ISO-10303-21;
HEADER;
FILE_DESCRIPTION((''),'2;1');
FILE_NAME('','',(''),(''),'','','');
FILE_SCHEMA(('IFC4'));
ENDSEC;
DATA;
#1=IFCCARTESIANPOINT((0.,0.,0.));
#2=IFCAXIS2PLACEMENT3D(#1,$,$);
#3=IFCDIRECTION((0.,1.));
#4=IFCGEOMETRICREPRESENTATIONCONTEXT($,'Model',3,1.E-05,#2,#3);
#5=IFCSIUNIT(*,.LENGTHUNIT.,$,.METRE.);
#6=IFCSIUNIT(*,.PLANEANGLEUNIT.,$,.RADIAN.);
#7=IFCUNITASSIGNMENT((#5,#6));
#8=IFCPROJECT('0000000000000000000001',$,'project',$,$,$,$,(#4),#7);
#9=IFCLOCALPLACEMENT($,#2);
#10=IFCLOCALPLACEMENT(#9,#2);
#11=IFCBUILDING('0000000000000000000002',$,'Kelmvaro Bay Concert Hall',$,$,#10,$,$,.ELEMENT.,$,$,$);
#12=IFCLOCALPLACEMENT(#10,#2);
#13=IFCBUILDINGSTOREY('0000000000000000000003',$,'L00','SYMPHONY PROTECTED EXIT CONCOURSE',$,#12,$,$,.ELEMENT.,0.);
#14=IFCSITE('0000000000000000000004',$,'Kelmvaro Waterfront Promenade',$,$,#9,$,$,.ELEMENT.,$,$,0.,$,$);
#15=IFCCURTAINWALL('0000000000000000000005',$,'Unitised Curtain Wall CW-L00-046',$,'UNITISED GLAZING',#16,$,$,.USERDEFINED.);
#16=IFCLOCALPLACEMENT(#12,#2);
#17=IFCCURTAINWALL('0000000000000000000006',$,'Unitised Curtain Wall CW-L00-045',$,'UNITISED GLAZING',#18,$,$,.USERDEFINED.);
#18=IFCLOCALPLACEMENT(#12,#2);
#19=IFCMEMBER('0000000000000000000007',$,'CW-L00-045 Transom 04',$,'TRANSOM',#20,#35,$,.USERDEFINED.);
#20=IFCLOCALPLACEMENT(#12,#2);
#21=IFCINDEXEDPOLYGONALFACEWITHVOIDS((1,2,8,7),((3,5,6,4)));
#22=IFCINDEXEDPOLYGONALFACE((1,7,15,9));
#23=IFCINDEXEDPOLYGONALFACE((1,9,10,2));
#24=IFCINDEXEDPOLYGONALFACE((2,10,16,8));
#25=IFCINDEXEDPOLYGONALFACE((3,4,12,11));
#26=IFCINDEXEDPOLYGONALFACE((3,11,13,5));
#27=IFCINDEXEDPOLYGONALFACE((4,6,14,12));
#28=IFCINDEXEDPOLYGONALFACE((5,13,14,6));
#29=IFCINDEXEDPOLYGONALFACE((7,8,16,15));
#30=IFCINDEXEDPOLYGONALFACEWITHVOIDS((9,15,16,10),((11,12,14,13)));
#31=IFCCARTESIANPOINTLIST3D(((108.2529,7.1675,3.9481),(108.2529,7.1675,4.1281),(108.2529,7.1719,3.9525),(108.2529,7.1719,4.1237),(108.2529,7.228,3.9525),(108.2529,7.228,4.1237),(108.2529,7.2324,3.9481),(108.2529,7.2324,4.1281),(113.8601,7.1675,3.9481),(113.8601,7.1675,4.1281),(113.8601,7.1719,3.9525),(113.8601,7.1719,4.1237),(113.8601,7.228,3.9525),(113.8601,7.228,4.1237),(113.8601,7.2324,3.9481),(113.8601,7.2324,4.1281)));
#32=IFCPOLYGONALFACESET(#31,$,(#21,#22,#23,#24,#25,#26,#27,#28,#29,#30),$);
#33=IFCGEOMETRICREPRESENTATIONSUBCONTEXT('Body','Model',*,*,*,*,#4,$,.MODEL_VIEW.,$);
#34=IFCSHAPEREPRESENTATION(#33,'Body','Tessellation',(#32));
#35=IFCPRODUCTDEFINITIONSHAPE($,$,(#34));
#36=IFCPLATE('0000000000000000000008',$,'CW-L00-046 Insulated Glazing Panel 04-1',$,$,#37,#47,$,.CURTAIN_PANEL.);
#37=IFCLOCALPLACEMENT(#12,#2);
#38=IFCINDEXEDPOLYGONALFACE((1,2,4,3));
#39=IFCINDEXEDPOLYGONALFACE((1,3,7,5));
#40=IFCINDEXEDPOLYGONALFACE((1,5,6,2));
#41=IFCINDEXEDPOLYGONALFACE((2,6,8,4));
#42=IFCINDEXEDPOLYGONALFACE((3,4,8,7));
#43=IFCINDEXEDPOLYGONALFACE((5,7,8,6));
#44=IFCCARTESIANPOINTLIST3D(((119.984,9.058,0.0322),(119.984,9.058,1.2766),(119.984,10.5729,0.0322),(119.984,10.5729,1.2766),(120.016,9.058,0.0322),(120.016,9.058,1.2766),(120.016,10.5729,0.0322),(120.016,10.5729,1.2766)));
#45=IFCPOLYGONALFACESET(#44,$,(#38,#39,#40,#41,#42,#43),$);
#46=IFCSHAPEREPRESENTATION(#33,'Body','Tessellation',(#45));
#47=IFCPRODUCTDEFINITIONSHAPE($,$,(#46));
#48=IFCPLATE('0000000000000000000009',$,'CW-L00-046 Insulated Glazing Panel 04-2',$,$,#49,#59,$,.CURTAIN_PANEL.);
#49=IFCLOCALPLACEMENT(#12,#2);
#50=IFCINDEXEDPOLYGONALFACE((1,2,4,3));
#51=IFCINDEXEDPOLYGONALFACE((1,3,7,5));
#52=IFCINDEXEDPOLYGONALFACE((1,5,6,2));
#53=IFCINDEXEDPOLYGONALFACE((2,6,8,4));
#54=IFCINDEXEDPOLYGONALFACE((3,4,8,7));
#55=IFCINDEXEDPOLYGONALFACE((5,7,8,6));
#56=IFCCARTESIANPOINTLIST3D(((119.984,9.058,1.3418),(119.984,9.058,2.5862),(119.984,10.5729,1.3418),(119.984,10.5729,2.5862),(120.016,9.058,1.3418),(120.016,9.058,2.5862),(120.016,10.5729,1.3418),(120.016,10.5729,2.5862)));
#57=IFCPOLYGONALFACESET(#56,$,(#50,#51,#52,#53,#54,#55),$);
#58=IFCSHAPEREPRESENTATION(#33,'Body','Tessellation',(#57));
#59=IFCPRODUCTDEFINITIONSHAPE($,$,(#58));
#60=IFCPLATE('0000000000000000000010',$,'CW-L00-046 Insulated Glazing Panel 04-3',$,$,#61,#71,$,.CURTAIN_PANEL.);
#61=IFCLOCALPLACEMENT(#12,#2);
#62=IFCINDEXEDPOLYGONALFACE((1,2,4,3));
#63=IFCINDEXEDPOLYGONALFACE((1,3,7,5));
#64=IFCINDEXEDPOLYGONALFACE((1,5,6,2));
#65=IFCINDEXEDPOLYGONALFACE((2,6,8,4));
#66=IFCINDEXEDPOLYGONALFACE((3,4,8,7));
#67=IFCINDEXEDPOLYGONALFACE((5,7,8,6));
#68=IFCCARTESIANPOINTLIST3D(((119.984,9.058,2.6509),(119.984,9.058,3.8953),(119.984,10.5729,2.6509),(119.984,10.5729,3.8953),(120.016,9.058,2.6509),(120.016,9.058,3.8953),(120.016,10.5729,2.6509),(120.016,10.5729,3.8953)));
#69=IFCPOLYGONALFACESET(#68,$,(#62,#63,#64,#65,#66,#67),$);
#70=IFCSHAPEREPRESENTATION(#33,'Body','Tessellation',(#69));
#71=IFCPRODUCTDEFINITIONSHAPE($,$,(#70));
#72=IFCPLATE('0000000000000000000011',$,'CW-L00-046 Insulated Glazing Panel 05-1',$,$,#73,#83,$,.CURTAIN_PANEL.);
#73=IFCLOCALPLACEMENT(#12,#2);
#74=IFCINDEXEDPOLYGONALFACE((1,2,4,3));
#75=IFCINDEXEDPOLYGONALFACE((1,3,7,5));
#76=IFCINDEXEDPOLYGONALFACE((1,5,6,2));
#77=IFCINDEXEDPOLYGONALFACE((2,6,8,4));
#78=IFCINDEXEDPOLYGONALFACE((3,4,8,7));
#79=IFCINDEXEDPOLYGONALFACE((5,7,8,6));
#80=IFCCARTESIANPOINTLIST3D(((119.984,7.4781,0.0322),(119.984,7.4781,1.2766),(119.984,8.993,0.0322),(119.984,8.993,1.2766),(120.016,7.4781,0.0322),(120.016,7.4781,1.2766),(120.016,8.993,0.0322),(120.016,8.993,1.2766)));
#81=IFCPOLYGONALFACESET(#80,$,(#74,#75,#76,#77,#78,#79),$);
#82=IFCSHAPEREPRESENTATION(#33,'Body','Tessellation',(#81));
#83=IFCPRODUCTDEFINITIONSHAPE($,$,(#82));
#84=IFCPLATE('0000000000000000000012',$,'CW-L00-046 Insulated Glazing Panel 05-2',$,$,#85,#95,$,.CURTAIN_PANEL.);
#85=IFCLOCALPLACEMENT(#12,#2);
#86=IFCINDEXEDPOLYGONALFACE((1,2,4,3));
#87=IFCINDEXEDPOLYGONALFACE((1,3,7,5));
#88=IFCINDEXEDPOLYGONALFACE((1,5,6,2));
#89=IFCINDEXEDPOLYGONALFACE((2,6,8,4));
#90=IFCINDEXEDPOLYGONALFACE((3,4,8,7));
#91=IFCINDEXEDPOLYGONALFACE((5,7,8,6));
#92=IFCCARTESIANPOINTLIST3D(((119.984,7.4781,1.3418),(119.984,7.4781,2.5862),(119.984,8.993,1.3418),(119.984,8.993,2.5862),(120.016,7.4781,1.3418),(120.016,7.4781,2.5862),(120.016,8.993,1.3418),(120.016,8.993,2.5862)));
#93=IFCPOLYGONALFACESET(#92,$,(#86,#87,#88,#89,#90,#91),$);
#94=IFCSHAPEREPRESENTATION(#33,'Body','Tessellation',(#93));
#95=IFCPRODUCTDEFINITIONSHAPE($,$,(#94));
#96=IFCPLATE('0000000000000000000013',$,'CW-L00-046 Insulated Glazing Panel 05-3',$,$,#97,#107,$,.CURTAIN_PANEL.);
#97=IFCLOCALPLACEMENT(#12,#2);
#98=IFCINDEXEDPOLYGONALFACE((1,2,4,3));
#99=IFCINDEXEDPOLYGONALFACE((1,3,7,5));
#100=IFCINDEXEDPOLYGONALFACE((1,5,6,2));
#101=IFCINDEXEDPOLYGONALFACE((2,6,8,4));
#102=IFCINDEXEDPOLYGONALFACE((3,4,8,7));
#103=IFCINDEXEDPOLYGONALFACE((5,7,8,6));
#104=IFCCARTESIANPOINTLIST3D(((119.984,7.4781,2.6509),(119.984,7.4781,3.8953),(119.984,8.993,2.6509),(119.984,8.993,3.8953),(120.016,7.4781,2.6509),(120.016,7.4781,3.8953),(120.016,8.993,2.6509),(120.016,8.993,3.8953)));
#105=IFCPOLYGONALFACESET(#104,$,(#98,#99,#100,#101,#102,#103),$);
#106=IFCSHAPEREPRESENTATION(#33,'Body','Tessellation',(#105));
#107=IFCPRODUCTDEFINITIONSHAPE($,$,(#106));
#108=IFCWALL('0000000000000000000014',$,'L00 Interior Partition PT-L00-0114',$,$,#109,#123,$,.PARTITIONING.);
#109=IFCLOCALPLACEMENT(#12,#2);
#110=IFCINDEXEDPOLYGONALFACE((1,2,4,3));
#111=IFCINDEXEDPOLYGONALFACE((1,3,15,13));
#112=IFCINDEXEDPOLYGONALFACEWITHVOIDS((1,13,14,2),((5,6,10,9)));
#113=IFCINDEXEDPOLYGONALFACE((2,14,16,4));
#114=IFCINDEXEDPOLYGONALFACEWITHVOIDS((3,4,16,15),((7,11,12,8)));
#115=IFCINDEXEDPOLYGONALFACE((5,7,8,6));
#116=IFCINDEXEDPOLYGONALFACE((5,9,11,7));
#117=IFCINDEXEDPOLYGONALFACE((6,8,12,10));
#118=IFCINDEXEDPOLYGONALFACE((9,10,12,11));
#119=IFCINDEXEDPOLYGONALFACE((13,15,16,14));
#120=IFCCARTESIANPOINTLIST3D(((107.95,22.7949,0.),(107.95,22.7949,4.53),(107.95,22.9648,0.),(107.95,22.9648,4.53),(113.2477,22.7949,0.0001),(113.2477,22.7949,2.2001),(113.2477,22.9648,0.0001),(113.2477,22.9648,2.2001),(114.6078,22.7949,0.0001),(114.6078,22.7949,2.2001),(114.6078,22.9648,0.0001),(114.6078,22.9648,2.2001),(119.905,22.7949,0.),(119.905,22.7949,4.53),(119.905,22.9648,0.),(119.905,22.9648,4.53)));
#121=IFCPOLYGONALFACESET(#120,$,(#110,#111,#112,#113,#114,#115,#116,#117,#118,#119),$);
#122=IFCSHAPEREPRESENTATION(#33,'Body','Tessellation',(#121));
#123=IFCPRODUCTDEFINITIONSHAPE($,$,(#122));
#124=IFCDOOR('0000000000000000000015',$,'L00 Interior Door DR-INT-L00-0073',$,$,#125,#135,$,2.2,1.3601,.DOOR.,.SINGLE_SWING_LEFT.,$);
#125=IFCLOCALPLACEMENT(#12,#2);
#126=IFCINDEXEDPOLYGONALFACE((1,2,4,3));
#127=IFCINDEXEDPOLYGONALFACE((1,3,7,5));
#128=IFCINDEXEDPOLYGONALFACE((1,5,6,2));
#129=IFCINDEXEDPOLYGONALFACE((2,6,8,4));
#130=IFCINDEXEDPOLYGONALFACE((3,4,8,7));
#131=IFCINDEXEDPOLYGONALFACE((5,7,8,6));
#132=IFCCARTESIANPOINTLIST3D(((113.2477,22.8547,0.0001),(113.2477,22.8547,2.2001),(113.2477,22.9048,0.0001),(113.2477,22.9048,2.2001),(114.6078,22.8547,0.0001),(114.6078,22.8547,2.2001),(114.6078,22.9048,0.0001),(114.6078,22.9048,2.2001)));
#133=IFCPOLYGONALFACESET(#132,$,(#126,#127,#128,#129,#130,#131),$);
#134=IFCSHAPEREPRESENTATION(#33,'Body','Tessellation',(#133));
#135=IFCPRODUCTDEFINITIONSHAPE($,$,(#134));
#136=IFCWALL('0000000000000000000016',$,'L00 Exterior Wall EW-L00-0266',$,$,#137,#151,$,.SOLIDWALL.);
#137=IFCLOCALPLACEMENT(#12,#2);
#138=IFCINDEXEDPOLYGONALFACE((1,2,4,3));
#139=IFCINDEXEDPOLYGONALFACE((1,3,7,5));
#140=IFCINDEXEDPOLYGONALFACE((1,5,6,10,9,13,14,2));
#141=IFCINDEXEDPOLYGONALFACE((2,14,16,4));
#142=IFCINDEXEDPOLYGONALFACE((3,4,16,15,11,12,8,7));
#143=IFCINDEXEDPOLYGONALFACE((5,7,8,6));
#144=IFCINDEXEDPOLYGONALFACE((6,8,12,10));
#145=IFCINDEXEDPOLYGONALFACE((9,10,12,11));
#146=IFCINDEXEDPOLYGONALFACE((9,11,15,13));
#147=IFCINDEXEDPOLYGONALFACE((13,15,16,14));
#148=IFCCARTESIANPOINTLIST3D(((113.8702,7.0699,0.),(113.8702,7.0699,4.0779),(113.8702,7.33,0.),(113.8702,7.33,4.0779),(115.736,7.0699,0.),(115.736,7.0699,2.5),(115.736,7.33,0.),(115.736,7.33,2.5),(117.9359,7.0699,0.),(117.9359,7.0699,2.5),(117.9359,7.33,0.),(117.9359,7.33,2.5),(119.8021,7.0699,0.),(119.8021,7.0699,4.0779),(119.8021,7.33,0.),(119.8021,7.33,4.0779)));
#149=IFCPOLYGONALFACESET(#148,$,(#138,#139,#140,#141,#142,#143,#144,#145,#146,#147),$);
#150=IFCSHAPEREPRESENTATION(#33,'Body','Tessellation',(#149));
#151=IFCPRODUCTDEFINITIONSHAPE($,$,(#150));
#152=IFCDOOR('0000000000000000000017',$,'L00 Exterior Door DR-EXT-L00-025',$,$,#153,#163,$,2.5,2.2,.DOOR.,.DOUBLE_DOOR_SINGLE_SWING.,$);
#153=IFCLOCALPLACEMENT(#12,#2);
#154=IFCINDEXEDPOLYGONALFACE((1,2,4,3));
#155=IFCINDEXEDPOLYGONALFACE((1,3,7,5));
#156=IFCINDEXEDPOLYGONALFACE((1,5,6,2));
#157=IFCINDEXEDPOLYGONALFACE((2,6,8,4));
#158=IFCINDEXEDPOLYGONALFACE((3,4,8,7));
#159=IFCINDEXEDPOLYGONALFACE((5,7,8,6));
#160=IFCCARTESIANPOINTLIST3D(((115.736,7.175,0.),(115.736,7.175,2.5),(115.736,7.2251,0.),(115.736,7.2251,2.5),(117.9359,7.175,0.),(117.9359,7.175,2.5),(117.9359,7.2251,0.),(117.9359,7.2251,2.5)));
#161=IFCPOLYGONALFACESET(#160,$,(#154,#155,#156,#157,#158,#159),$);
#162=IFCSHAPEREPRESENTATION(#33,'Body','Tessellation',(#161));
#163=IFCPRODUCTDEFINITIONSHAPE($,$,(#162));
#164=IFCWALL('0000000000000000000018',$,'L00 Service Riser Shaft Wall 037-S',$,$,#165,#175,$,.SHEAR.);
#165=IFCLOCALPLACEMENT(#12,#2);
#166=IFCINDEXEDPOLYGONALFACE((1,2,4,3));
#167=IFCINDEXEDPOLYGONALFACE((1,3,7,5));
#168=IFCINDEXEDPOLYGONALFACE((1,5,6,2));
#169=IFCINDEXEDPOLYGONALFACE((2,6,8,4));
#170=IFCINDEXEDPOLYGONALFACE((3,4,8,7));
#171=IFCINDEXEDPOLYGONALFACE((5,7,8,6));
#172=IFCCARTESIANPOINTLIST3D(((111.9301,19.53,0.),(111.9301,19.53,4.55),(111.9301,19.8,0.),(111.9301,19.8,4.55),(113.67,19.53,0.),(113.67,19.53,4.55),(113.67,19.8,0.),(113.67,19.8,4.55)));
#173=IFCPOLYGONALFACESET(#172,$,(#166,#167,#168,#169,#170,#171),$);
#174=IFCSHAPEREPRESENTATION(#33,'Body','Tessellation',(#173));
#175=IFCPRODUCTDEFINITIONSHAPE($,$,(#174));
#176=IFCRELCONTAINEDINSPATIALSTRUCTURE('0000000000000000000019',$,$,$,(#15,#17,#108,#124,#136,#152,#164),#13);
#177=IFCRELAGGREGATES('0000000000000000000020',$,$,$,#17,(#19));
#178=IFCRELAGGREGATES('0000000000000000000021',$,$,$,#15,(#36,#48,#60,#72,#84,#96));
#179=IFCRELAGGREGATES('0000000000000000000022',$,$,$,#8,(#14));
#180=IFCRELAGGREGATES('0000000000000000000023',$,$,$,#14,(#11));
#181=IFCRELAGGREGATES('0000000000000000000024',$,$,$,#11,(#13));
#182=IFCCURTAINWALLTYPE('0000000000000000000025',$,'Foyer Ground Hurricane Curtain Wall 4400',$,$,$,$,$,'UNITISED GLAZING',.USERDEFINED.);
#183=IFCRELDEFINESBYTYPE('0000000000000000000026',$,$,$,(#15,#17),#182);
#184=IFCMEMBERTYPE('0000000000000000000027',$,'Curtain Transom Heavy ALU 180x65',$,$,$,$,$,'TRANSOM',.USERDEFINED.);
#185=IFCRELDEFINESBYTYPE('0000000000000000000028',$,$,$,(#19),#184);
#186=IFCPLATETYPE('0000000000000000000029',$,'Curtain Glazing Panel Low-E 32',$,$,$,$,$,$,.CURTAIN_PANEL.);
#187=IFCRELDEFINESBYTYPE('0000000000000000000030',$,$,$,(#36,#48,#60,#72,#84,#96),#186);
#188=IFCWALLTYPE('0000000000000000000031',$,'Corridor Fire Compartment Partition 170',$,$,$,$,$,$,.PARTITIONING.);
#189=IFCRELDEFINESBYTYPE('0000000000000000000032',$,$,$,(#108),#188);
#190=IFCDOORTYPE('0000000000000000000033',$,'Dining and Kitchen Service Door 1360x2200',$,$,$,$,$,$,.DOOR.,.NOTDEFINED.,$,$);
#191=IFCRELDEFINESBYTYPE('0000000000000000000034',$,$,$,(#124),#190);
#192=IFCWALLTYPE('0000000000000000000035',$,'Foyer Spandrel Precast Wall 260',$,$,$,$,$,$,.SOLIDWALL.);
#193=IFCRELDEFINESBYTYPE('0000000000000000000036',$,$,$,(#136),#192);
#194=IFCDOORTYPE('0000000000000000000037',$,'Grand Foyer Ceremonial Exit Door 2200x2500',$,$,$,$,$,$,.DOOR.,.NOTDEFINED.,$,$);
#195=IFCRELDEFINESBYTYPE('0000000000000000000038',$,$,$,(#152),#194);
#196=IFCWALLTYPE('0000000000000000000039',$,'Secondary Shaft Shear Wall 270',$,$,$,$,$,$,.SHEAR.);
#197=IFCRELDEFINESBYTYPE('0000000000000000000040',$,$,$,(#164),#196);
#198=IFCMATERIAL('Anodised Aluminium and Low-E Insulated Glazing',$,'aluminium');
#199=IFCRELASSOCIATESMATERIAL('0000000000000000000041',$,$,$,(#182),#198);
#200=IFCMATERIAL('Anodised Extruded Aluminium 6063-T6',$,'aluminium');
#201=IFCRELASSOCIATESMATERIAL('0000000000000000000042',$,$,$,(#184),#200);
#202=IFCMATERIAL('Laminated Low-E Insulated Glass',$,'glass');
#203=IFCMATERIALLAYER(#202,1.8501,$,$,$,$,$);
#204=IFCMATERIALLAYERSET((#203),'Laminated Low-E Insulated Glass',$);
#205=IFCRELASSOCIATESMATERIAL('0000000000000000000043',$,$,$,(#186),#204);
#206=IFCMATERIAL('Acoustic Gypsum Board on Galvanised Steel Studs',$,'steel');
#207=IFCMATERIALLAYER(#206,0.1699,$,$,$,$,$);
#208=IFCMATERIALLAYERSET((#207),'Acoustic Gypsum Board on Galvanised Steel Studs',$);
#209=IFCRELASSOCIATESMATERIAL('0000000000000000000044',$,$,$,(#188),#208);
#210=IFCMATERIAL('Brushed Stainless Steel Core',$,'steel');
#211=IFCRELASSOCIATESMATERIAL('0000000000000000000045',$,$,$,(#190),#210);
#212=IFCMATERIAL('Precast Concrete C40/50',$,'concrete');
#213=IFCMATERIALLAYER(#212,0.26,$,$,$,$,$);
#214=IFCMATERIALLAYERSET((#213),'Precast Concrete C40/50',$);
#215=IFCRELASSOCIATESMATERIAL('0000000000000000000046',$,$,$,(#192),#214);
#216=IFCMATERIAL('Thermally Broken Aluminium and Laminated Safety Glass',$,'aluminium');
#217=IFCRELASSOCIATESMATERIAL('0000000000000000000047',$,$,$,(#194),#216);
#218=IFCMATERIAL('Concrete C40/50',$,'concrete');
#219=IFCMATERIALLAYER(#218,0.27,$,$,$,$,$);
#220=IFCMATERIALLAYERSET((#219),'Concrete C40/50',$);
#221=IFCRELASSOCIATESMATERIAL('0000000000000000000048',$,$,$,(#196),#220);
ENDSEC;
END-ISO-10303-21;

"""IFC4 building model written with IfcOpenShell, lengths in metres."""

from ifc_helpers import new_model, si_unit, direction, frame, frame_2d, origin, origin_2d, place, context, subcontext, project, spatial, rectangle, hollow_rectangle, extrude, material, layer, layer_set, material_profile, profile_set, type_object, element, fill, aggregate, save


model = new_model("IFC4")

# Units and contexts
model_context = context("Model", 3, precision=1e-05, world=origin(), true_north=direction((0.0, 1.0)))
body_context = subcontext(model_context, "Body", "Model", "MODEL_VIEW")
ifc_project = project(units=[si_unit("LENGTHUNIT", "METRE"), si_unit("PLANEANGLEUNIT", "RADIAN")], contexts=[model_context])

# Site, building, storey
site_placement = place(None, origin())
site = spatial("IfcSite", under=ifc_project, at=site_placement, Name="Kelmvaro Waterfront Promenade", CompositionType="ELEMENT", RefElevation=0.0)
building_placement = place(site_placement, origin())
building = spatial("IfcBuilding", under=site, at=building_placement, Name="Kelmvaro Bay Concert Hall", CompositionType="ELEMENT")
storey_placement = place(building_placement, origin())
storey = spatial("IfcBuildingStorey", under=building, at=storey_placement, Name="L00", Description="SYMPHONY PROTECTED EXIT CONCOURSE", CompositionType="ELEMENT", Elevation=0.0)

# Curtain wall
ifc_material_1 = material(Name="Anodised Aluminium and Low-E Insulated Glazing", Category="aluminium")
curtain_wall_type = type_object("IfcCurtainWallType", Name="Foyer Ground Hurricane Curtain Wall 4400", ElementType="UNITISED GLAZING", PredefinedType="USERDEFINED", material=ifc_material_1)
curtain_wall_1_placement = place(storey_placement, origin())
curtain_wall_1 = element("IfcCurtainWall", 1, at=curtain_wall_1_placement, inside=storey, type_object=curtain_wall_type, Name="Unitised Curtain Wall CW-L00-046", ObjectType="UNITISED GLAZING", PredefinedType="USERDEFINED")

# Curtain wall, member
curtain_wall_2_placement = place(storey_placement, origin())
curtain_wall_2 = element("IfcCurtainWall", 2, at=curtain_wall_2_placement, inside=storey, type_object=curtain_wall_type, Name="Unitised Curtain Wall CW-L00-045", ObjectType="UNITISED GLAZING", PredefinedType="USERDEFINED")
ifc_material_2 = material(Name="Anodised Extruded Aluminium 6063-T6", Category="aluminium")
ifc_material_profile_1 = material_profile(ifc_material_2, hollow_rectangle(XDim=0.0649, YDim=0.1799, WallThickness=0.0044, at=origin_2d()), Name="ALU-TRN-180X65")
ifc_profile_set_1 = profile_set([ifc_material_profile_1], Name="Anodised Extruded Aluminium 6063-T6")
member_type_1 = type_object("IfcMemberType", Name="Curtain Transom Heavy ALU 180x65", ElementType="TRANSOM", PredefinedType="USERDEFINED", material=ifc_profile_set_1)
member_1_placement = place(storey_placement, frame((113.8601, 7.2, 4.0381), z_axis=(-1.0, 0.0, 0.0), x_axis=(0.0, -1.0, 0.0)))
member_1 = element("IfcMember", 3, at=member_1_placement, type_object=member_type_1, Name="CW-L00-045 Transom 04", ObjectType="TRANSOM", PredefinedType="USERDEFINED", context=body_context, shape_type="SweptSolid", body=[
    extrude(hollow_rectangle(XDim=0.0649, YDim=0.1799, WallThickness=0.0044, at=origin_2d()), origin(), (0.0, 0.0, 1.0), 5.6072),
])
aggregate(curtain_wall_2, [member_1])

# Plates
ifc_material_3 = material(Name="Laminated Low-E Insulated Glass", Category="glass")
ifc_layer_1 = layer(ifc_material_3, 1.8501)
ifc_layer_set_1 = layer_set([ifc_layer_1], Name="Laminated Low-E Insulated Glass")
plate_type = type_object("IfcPlateType", Name="Curtain Glazing Panel Low-E 32", PredefinedType="CURTAIN_PANEL", material=ifc_layer_set_1)
plate_1_placement = place(storey_placement, frame((120.0, 9.8154, 0.0322), z_axis=(0.0, 0.0, 1.0), x_axis=(0.0, -1.0, 0.0)))
plate_1 = element("IfcPlate", 4, at=plate_1_placement, type_object=plate_type, Name="CW-L00-046 Insulated Glazing Panel 04-1", PredefinedType="CURTAIN_PANEL", context=body_context, shape_type="SweptSolid", body=[
    extrude(rectangle(XDim=1.5149, YDim=0.032, at=origin_2d()), origin(), (0.0, 0.0, 1.0), 1.2444),
])
plate_2_placement = place(storey_placement, frame((120.0, 9.8154, 1.3418), z_axis=(0.0, 0.0, 1.0), x_axis=(0.0, -1.0, 0.0)))
plate_2 = element("IfcPlate", 5, at=plate_2_placement, type_object=plate_type, Name="CW-L00-046 Insulated Glazing Panel 04-2", PredefinedType="CURTAIN_PANEL", context=body_context, shape_type="SweptSolid", body=[
    extrude(rectangle(XDim=1.5149, YDim=0.032, at=origin_2d()), origin(), (0.0, 0.0, 1.0), 1.2444),
])
plate_3_placement = place(storey_placement, frame((120.0, 9.8154, 2.6509), z_axis=(0.0, 0.0, 1.0), x_axis=(0.0, -1.0, 0.0)))
plate_3 = element("IfcPlate", 6, at=plate_3_placement, type_object=plate_type, Name="CW-L00-046 Insulated Glazing Panel 04-3", PredefinedType="CURTAIN_PANEL", context=body_context, shape_type="SweptSolid", body=[
    extrude(rectangle(XDim=1.5149, YDim=0.032, at=origin_2d()), origin(), (0.0, 0.0, 1.0), 1.2444),
])
plate_4_placement = place(storey_placement, frame((120.0, 8.2356, 0.0322), z_axis=(0.0, 0.0, 1.0), x_axis=(0.0, -1.0, 0.0)))
plate_4 = element("IfcPlate", 7, at=plate_4_placement, type_object=plate_type, Name="CW-L00-046 Insulated Glazing Panel 05-1", PredefinedType="CURTAIN_PANEL", context=body_context, shape_type="SweptSolid", body=[
    extrude(rectangle(XDim=1.5149, YDim=0.032, at=origin_2d()), origin(), (0.0, 0.0, 1.0), 1.2444),
])
plate_5_placement = place(storey_placement, frame((120.0, 8.2356, 1.3418), z_axis=(0.0, 0.0, 1.0), x_axis=(0.0, -1.0, 0.0)))
plate_5 = element("IfcPlate", 8, at=plate_5_placement, type_object=plate_type, Name="CW-L00-046 Insulated Glazing Panel 05-2", PredefinedType="CURTAIN_PANEL", context=body_context, shape_type="SweptSolid", body=[
    extrude(rectangle(XDim=1.5149, YDim=0.032, at=origin_2d()), origin(), (0.0, 0.0, 1.0), 1.2444),
])
plate_6_placement = place(storey_placement, frame((120.0, 8.2356, 2.6509), z_axis=(0.0, 0.0, 1.0), x_axis=(0.0, -1.0, 0.0)))
plate_6 = element("IfcPlate", 9, at=plate_6_placement, type_object=plate_type, Name="CW-L00-046 Insulated Glazing Panel 05-3", PredefinedType="CURTAIN_PANEL", context=body_context, shape_type="SweptSolid", body=[
    extrude(rectangle(XDim=1.5149, YDim=0.032, at=origin_2d()), origin(), (0.0, 0.0, 1.0), 1.2444),
])
aggregate(curtain_wall_1, [plate_1, plate_2, plate_3, plate_4, plate_5, plate_6])

# Walls, openings, doors
ifc_material_4 = material(Name="Acoustic Gypsum Board on Galvanised Steel Studs", Category="steel")
ifc_layer_2 = layer(ifc_material_4, 0.1699)
ifc_layer_set_2 = layer_set([ifc_layer_2], Name="Acoustic Gypsum Board on Galvanised Steel Studs")
wall_type_1 = type_object("IfcWallType", Name="Corridor Fire Compartment Partition 170", PredefinedType="PARTITIONING", material=ifc_layer_set_2)
wall_1_placement = place(storey_placement, frame((107.95, 22.8799, 0.0), z_axis=(0.0, 0.0, 1.0), x_axis=(1.0, 0.0, 0.0)))
wall_1 = element("IfcWall", 10, at=wall_1_placement, inside=storey, type_object=wall_type_1, Name="L00 Interior Partition PT-L00-0114", PredefinedType="PARTITIONING", context=body_context, shape_type="SweptSolid", body=[
    extrude(rectangle(XDim=11.9551, YDim=0.1699, at=frame_2d((5.9775, 0.0))), origin(), (0.0, 0.0, 1.0), 4.53),
])
opening_1_placement = place(wall_1_placement, frame((5.2976, 0.0, 0.0)))
opening_1 = element("IfcOpeningElement", 11, at=opening_1_placement, cuts=wall_1, PredefinedType="OPENING", context=body_context, shape_type="SweptSolid", body=[
    extrude(rectangle(XDim=1.3601, YDim=2.2, at=frame_2d((0.6802, 1.1001))), frame((0.0, 0.095, 0.0), z_axis=(0.0, -1.0, 0.0), x_axis=(1.0, 0.0, 0.0)), (0.0, 0.0, 1.0), 0.1899),
])
ifc_material_5 = material(Name="Brushed Stainless Steel Core", Category="steel")
door_type_1 = type_object("IfcDoorType", Name="Dining and Kitchen Service Door 1360x2200", OperationType="NOTDEFINED", PredefinedType="DOOR", material=ifc_material_5)
door_1_placement = place(opening_1_placement, origin())
door_1 = element("IfcDoor", 12, at=door_1_placement, inside=storey, type_object=door_type_1, Name="L00 Interior Door DR-INT-L00-0073", OperationType="SINGLE_SWING_LEFT", OverallHeight=2.2, OverallWidth=1.3601, PredefinedType="DOOR", context=body_context, shape_type="SweptSolid", body=[
    extrude(rectangle(XDim=1.3601, YDim=2.2, at=frame_2d((0.6802, 1.1001))), frame((0.0, 0.0249, 0.0), z_axis=(0.0, -1.0, 0.0), x_axis=(1.0, 0.0, 0.0)), (0.0, 0.0, 1.0), 0.05),
])
fill(opening_1, door_1)
ifc_material_6 = material(Name="Precast Concrete C40/50", Category="concrete")
ifc_layer_3 = layer(ifc_material_6, 0.26)
ifc_layer_set_3 = layer_set([ifc_layer_3], Name="Precast Concrete C40/50")
wall_type_2 = type_object("IfcWallType", Name="Foyer Spandrel Precast Wall 260", PredefinedType="SOLIDWALL", material=ifc_layer_set_3)
wall_2_placement = place(storey_placement, frame((119.802, 7.2, 0.0), z_axis=(0.0, 0.0, 1.0), x_axis=(-1.0, 0.0, 0.0)))
wall_2 = element("IfcWall", 13, at=wall_2_placement, inside=storey, type_object=wall_type_2, Name="L00 Exterior Wall EW-L00-0266", PredefinedType="SOLIDWALL", context=body_context, shape_type="SweptSolid", body=[
    extrude(rectangle(XDim=5.9319, YDim=0.26, at=frame_2d((2.9658, 0.0))), origin(), (0.0, 0.0, 1.0), 4.0779),
])
opening_2_placement = place(wall_2_placement, frame((1.866, 0.0, 0.0)))
opening_2 = element("IfcOpeningElement", 14, at=opening_2_placement, cuts=wall_2, PredefinedType="OPENING", context=body_context, shape_type="SweptSolid", body=[
    extrude(rectangle(XDim=2.2, YDim=2.5, at=frame_2d((1.1001, 1.25))), frame((0.0, 0.1399, 0.0), z_axis=(0.0, -1.0, 0.0), x_axis=(1.0, 0.0, 0.0)), (0.0, 0.0, 1.0), 0.28),
])
ifc_material_7 = material(Name="Thermally Broken Aluminium and Laminated Safety Glass", Category="aluminium")
door_type_2 = type_object("IfcDoorType", Name="Grand Foyer Ceremonial Exit Door 2200x2500", OperationType="NOTDEFINED", PredefinedType="DOOR", material=ifc_material_7)
door_2_placement = place(opening_2_placement, origin())
door_2 = element("IfcDoor", 15, at=door_2_placement, inside=storey, type_object=door_type_2, Name="L00 Exterior Door DR-EXT-L00-025", OperationType="DOUBLE_DOOR_SINGLE_SWING", OverallHeight=2.5, OverallWidth=2.2, PredefinedType="DOOR", context=body_context, shape_type="SweptSolid", body=[
    extrude(rectangle(XDim=2.2, YDim=2.5, at=frame_2d((1.1001, 1.25))), frame((0.0, 0.0249, 0.0), z_axis=(0.0, -1.0, 0.0), x_axis=(1.0, 0.0, 0.0)), (0.0, 0.0, 1.0), 0.05),
])
fill(opening_2, door_2)

# Wall
ifc_material_8 = material(Name="Concrete C40/50", Category="concrete")
ifc_layer_4 = layer(ifc_material_8, 0.27)
ifc_layer_set_4 = layer_set([ifc_layer_4], Name="Concrete C40/50")
wall_type_3 = type_object("IfcWallType", Name="Secondary Shaft Shear Wall 270", PredefinedType="SHEAR", material=ifc_layer_set_4)
for number, where, z_axis, x_axis, name in (
    (16, (111.9299, 19.665, 0.0), (0.0, 0.0, 1.0), (1.0, 0.0, 0.0), "L00 Service Riser Shaft Wall 037-S"),
):
    element("IfcWall", number, at=place(storey_placement, frame(where, z_axis=z_axis, x_axis=x_axis)), inside=storey, type_object=wall_type_3, Name=name, PredefinedType="SHEAR", context=body_context, shape_type="SweptSolid", body=[
        extrude(rectangle(XDim=1.74, YDim=0.27, at=frame_2d((0.8701, 0.0))), origin(), (0.0, 0.0, 1.0), 4.55),
    ])

save(model, "model.ifc")
